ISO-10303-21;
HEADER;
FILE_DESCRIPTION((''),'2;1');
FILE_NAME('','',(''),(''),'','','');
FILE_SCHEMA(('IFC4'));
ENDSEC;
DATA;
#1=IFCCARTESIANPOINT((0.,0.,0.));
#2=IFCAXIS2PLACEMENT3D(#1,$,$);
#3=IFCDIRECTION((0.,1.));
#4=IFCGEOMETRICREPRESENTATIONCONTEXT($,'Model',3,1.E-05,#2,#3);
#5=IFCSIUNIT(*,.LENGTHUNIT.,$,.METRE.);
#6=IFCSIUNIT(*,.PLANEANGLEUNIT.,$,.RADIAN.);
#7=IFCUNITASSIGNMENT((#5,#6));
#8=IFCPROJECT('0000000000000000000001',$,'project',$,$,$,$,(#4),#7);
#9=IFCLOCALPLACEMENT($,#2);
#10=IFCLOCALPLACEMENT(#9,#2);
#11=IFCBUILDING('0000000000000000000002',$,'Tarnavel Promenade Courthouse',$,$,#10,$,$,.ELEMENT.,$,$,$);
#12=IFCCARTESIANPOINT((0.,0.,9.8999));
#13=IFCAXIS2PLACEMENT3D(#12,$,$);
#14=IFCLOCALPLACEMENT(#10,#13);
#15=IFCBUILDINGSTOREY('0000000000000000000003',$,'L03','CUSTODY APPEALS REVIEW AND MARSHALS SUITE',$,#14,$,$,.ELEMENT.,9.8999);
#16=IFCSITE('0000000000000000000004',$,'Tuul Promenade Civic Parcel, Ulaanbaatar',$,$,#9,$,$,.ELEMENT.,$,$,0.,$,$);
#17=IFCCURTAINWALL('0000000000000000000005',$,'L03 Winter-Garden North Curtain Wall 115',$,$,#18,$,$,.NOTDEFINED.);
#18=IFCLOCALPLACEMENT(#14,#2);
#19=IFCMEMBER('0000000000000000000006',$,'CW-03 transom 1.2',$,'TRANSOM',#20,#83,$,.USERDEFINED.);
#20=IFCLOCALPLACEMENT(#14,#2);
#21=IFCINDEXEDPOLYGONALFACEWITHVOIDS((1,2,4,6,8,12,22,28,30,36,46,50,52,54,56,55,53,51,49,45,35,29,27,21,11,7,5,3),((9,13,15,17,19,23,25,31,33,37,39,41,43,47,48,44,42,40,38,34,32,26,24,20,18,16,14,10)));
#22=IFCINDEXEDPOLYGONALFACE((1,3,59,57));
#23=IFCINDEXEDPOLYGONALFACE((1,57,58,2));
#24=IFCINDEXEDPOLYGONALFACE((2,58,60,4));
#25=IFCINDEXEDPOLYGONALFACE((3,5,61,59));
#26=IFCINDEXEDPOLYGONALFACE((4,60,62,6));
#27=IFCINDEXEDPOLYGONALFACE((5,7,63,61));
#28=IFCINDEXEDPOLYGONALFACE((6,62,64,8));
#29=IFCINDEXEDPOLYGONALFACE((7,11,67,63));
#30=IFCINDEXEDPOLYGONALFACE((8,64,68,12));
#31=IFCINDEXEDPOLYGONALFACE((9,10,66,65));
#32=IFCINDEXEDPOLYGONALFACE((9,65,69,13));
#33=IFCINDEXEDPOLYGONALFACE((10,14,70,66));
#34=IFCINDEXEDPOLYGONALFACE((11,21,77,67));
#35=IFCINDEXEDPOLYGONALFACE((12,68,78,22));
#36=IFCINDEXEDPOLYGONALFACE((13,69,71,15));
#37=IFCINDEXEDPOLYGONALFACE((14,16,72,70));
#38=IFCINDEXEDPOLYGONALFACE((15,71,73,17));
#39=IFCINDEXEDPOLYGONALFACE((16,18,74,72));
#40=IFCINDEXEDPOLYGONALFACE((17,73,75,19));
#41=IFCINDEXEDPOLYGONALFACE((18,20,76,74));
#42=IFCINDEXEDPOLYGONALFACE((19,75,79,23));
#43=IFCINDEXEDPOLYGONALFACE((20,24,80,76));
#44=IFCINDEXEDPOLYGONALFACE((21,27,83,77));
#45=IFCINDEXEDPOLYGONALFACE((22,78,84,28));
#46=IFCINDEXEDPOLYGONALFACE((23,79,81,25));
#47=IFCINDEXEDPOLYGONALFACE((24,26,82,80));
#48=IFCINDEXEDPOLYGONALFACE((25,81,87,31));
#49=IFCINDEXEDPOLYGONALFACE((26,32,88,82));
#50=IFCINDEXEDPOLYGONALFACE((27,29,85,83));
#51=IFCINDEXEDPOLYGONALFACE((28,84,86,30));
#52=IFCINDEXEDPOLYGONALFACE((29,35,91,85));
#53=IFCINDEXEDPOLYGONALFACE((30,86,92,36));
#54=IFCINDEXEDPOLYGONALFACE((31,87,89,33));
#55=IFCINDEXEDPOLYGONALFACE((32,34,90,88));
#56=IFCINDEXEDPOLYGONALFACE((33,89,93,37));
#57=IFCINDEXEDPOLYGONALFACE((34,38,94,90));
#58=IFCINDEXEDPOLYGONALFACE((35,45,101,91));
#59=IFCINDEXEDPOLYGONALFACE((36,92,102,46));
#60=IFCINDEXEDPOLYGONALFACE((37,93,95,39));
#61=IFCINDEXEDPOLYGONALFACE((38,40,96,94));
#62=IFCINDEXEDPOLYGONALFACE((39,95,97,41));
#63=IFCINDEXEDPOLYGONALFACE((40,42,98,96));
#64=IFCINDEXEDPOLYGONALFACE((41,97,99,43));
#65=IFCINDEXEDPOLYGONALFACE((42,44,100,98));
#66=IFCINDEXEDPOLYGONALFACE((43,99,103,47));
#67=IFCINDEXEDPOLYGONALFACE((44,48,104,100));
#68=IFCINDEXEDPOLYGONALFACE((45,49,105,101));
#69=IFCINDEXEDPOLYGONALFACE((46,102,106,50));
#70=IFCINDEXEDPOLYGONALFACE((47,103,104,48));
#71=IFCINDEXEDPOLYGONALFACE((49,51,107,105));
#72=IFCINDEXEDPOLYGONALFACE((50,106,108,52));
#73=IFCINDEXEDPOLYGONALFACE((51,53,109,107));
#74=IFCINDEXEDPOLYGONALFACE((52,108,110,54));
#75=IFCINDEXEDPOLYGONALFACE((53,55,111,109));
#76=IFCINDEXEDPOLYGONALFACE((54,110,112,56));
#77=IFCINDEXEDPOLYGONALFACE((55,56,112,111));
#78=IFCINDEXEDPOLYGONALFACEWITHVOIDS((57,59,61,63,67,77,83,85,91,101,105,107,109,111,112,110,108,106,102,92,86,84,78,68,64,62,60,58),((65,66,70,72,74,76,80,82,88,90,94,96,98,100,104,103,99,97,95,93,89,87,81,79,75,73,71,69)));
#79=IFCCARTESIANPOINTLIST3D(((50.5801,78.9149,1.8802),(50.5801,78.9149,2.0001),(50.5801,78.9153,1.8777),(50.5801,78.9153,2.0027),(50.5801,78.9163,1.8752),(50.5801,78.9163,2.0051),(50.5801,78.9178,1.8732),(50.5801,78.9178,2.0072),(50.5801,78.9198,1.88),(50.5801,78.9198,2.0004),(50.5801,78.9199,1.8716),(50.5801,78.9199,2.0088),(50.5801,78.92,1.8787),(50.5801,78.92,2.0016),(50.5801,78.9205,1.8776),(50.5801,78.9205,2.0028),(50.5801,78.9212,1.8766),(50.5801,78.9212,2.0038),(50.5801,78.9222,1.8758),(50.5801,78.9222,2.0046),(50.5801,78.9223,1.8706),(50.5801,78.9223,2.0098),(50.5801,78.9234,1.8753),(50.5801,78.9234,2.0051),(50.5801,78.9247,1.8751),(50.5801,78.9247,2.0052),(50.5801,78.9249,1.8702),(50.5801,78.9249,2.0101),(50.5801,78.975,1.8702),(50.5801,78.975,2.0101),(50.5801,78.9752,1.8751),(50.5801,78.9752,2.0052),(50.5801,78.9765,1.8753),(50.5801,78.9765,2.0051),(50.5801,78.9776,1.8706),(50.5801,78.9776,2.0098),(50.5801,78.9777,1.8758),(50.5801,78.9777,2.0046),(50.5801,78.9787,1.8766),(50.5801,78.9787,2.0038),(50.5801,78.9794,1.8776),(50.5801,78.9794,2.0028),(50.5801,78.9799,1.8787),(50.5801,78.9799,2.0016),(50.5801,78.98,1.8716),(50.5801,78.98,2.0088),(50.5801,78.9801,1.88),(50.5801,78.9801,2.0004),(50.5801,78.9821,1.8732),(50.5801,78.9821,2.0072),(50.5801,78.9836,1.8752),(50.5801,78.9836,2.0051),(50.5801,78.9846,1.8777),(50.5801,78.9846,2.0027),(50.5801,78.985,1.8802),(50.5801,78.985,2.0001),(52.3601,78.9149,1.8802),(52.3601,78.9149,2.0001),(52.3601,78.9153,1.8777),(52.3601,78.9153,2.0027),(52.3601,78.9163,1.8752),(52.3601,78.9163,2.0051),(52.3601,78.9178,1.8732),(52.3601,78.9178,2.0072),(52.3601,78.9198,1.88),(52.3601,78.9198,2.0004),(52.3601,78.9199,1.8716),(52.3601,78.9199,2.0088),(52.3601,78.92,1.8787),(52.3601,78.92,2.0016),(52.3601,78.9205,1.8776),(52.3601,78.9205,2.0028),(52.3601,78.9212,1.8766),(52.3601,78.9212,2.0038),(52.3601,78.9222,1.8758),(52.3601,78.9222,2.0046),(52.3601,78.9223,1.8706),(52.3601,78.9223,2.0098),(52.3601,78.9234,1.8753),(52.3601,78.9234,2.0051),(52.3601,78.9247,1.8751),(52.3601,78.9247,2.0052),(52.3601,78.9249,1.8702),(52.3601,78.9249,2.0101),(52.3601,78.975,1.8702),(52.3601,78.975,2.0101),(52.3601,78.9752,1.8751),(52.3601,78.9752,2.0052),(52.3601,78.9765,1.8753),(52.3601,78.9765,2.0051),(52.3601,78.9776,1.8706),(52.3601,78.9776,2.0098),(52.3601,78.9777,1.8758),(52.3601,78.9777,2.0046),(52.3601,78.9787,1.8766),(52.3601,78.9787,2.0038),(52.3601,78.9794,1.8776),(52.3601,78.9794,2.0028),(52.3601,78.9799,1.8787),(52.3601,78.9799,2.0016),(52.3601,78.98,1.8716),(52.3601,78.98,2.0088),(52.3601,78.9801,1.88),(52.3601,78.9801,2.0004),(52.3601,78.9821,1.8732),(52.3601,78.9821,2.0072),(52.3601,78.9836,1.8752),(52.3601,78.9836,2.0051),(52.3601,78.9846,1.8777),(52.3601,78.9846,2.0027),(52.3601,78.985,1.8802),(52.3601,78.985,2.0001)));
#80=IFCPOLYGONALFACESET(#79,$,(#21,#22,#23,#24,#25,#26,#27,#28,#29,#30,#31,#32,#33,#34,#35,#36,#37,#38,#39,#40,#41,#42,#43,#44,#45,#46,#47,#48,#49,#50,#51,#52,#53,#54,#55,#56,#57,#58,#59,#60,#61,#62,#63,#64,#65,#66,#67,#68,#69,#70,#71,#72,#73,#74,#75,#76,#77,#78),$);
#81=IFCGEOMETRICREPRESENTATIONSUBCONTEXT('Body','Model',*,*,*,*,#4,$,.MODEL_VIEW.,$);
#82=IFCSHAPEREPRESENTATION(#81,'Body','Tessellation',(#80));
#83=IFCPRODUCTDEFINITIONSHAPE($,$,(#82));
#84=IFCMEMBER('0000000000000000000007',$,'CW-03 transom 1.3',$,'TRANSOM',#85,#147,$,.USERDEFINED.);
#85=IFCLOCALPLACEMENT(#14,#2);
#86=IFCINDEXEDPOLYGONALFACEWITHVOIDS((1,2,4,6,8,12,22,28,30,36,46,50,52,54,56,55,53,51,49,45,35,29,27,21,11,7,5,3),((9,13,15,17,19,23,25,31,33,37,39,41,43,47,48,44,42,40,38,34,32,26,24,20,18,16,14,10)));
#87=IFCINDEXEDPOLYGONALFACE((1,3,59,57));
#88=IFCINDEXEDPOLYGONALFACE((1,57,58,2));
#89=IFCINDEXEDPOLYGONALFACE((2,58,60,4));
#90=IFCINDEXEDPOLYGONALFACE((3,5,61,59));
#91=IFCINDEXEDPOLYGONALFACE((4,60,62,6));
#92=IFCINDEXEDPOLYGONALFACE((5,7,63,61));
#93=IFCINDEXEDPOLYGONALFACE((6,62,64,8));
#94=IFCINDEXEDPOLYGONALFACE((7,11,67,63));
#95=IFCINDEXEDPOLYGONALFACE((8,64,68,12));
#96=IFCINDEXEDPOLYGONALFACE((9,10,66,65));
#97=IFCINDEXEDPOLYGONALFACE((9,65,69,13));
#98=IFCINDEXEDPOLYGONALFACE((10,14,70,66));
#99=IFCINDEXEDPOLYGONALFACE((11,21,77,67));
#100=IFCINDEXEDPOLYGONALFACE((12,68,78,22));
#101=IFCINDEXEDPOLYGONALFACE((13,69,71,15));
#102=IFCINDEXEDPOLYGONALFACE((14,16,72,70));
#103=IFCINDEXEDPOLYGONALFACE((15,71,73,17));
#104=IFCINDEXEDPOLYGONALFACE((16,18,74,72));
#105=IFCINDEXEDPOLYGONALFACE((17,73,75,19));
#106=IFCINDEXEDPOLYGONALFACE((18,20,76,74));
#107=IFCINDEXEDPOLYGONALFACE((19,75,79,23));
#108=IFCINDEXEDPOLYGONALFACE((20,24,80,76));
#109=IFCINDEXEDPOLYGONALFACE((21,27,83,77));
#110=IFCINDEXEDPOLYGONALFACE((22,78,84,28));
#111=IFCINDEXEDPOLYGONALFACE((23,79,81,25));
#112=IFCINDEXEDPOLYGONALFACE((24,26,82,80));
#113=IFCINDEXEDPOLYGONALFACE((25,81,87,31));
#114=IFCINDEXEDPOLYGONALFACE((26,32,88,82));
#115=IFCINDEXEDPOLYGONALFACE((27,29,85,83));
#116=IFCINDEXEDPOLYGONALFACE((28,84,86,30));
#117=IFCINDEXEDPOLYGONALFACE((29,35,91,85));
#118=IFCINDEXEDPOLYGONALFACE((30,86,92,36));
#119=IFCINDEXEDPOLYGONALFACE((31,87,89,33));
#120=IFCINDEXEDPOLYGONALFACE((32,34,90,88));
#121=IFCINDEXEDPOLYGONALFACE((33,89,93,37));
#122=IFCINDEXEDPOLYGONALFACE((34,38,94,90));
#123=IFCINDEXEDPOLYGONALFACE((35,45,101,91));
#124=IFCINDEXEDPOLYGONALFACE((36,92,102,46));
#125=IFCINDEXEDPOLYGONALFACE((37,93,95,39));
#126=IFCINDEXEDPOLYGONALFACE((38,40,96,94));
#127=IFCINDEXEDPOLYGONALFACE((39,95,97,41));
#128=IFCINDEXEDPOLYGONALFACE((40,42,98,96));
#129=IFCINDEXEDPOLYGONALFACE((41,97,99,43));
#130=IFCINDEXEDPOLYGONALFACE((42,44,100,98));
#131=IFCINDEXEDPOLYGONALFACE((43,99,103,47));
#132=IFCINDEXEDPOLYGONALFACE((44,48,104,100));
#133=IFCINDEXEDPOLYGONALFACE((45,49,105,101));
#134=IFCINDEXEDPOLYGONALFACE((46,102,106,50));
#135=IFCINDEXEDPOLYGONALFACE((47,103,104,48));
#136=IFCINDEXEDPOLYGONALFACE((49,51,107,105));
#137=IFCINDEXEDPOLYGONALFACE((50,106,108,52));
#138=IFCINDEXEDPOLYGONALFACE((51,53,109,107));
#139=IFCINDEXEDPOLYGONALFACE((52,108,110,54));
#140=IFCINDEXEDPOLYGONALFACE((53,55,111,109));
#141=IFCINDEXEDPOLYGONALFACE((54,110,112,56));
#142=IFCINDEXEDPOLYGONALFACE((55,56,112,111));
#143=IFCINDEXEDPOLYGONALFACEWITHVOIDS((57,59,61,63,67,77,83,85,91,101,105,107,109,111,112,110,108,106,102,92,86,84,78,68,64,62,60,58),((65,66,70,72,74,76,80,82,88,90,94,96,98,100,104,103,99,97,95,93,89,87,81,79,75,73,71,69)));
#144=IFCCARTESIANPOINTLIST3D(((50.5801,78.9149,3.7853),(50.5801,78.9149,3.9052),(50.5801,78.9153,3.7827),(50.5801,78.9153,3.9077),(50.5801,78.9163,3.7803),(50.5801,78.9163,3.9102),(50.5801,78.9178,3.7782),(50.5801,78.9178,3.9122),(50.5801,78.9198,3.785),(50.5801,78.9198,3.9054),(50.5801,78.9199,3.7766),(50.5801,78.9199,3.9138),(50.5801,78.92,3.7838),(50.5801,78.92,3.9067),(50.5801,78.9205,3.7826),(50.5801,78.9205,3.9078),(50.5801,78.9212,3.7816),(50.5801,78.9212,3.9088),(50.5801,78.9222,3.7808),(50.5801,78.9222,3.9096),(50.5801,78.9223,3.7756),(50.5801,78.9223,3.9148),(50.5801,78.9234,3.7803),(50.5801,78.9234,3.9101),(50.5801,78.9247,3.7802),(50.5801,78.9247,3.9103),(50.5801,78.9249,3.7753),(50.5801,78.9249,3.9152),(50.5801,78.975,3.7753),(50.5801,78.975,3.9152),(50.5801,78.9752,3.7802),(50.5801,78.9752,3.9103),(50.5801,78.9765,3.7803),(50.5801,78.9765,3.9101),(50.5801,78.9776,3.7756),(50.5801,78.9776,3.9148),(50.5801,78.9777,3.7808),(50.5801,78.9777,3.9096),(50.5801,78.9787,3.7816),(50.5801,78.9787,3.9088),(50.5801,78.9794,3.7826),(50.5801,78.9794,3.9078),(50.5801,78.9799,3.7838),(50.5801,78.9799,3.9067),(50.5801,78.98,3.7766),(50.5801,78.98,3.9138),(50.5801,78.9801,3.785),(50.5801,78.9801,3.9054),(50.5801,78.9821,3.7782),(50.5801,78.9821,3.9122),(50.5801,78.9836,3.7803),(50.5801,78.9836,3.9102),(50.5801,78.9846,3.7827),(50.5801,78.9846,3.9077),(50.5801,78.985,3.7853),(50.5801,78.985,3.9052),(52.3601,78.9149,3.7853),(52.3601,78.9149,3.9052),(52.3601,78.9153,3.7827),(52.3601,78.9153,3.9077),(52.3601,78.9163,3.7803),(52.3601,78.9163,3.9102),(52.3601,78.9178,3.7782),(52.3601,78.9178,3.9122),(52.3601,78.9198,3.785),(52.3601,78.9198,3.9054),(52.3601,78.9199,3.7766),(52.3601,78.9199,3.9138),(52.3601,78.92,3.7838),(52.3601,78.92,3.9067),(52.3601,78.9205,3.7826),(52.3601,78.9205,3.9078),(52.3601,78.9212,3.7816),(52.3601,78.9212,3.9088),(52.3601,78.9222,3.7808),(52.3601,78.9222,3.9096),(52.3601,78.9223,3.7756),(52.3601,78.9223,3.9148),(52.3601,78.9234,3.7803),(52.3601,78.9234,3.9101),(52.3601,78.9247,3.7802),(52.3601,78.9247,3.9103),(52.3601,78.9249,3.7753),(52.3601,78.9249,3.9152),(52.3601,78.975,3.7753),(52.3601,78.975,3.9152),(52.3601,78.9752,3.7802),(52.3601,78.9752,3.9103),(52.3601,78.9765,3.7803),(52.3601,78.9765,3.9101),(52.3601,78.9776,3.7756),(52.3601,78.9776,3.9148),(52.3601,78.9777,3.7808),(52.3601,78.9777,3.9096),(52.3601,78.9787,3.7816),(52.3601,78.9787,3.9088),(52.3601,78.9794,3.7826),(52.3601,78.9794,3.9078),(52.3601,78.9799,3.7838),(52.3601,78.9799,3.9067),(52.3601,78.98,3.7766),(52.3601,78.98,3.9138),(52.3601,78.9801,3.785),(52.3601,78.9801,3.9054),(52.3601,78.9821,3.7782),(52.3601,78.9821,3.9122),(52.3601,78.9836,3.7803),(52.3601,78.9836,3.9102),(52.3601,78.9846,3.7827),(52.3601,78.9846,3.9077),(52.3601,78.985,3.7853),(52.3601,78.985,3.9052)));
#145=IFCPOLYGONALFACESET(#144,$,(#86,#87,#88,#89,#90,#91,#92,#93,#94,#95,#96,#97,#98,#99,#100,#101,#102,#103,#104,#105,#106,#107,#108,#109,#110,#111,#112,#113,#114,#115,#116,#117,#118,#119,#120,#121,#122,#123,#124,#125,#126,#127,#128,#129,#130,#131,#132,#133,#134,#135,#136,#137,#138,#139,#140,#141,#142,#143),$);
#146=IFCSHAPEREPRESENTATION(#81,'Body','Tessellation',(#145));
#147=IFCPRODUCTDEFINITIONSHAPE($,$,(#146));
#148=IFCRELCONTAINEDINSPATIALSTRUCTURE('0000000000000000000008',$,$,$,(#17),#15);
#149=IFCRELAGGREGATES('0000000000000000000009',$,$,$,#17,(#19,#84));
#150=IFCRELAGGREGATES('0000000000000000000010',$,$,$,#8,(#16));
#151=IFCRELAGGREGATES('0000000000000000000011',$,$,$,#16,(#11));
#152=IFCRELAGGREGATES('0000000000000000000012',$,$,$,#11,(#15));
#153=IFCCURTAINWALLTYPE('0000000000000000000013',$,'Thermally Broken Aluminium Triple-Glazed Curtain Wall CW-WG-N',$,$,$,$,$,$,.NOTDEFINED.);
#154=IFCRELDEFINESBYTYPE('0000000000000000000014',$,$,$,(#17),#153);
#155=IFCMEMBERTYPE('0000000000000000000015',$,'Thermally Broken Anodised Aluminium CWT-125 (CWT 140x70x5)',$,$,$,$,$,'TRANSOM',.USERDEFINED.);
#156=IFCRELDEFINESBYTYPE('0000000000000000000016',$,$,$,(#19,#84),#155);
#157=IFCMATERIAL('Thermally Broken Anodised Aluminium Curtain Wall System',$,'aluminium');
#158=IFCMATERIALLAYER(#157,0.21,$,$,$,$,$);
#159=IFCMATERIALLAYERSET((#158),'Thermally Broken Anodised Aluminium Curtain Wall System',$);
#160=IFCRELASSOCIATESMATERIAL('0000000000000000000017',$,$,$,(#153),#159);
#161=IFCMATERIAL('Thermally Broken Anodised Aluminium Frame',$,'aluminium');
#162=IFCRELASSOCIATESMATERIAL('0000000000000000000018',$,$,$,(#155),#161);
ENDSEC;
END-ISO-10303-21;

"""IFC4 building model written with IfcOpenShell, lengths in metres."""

from ifc_helpers import new_model, si_unit, direction, frame, origin, origin_2d, place, context, subcontext, project, spatial, hollow_rectangle, extrude, material, layer, layer_set, material_profile, profile_set, type_object, element, aggregate, save


model = new_model("IFC4")

# Units and contexts
model_context = context("Model", 3, precision=1e-05, world=origin(), true_north=direction((0.0, 1.0)))
body_context = subcontext(model_context, "Body", "Model", "MODEL_VIEW")
ifc_project = project(units=[si_unit("LENGTHUNIT", "METRE"), si_unit("PLANEANGLEUNIT", "RADIAN")], contexts=[model_context])

# Site, building, storey
site_placement = place(None, origin())
site = spatial("IfcSite", under=ifc_project, at=site_placement, Name="Tuul Promenade Civic Parcel, Ulaanbaatar", CompositionType="ELEMENT", RefElevation=0.0)
building_placement = place(site_placement, origin())
building = spatial("IfcBuilding", under=site, at=building_placement, Name="Tarnavel Promenade Courthouse", CompositionType="ELEMENT")
storey_placement = place(building_placement, frame((0.0, 0.0, 9.8999)))
storey = spatial("IfcBuildingStorey", under=building, at=storey_placement, Name="L03", Description="CUSTODY APPEALS REVIEW AND MARSHALS SUITE", CompositionType="ELEMENT", Elevation=9.8999)

# Shared definitions
ifc_material_1 = material(Name="Thermally Broken Anodised Aluminium Curtain Wall System", Category="aluminium")
ifc_layer_1 = layer(ifc_material_1, 0.21)
ifc_layer_set_1 = layer_set([ifc_layer_1], Name="Thermally Broken Anodised Aluminium Curtain Wall System")
curtain_wall_type = type_object("IfcCurtainWallType", Name="Thermally Broken Aluminium Triple-Glazed Curtain Wall CW-WG-N", PredefinedType="NOTDEFINED", material=ifc_layer_set_1)
ifc_material_2 = material(Name="Thermally Broken Anodised Aluminium Frame", Category="aluminium")

# Curtain wall, members
curtain_wall_1_placement = place(storey_placement, origin())
curtain_wall_1 = element("IfcCurtainWall", 1, at=curtain_wall_1_placement, inside=storey, type_object=curtain_wall_type, Name="L03 Winter-Garden North Curtain Wall 115", PredefinedType="NOTDEFINED")
ifc_material_profile_1 = material_profile(ifc_material_2, hollow_rectangle(XDim=0.0701, YDim=0.1399, WallThickness=0.0049, InnerFilletRadius=0.0049, OuterFilletRadius=0.01, at=origin_2d()), Name="CWT 140x70x5")
ifc_profile_set_1 = profile_set([ifc_material_profile_1], Name="Thermally Broken Anodised Aluminium Frame")
member_type_1 = type_object("IfcMemberType", Name="Thermally Broken Anodised Aluminium CWT-125 (CWT 140x70x5)", ElementType="TRANSOM", PredefinedType="USERDEFINED", material=ifc_profile_set_1)
member_1_placement = place(storey_placement, frame((50.5801, 78.95, 1.9402), z_axis=(1.0, 0.0, 0.0), x_axis=(0.0, 1.0, 0.0)))
member_1 = element("IfcMember", 2, at=member_1_placement, type_object=member_type_1, Name="CW-03 transom 1.2", ObjectType="TRANSOM", PredefinedType="USERDEFINED", context=body_context, shape_type="SweptSolid", body=[
    extrude(hollow_rectangle(XDim=0.0701, YDim=0.1399, WallThickness=0.0049, InnerFilletRadius=0.0049, OuterFilletRadius=0.01, at=origin_2d()), origin(), (0.0, 0.0, 1.0), 1.78),
])
member_2_placement = place(storey_placement, frame((50.5801, 78.95, 3.8452), z_axis=(1.0, 0.0, 0.0), x_axis=(0.0, 1.0, 0.0)))
member_2 = element("IfcMember", 3, at=member_2_placement, type_object=member_type_1, Name="CW-03 transom 1.3", ObjectType="TRANSOM", PredefinedType="USERDEFINED", context=body_context, shape_type="SweptSolid", body=[
    extrude(hollow_rectangle(XDim=0.0701, YDim=0.1399, WallThickness=0.0049, InnerFilletRadius=0.0049, OuterFilletRadius=0.01, at=origin_2d()), origin(), (0.0, 0.0, 1.0), 1.78),
])
aggregate(curtain_wall_1, [member_1, member_2])

save(model, "model.ifc")
